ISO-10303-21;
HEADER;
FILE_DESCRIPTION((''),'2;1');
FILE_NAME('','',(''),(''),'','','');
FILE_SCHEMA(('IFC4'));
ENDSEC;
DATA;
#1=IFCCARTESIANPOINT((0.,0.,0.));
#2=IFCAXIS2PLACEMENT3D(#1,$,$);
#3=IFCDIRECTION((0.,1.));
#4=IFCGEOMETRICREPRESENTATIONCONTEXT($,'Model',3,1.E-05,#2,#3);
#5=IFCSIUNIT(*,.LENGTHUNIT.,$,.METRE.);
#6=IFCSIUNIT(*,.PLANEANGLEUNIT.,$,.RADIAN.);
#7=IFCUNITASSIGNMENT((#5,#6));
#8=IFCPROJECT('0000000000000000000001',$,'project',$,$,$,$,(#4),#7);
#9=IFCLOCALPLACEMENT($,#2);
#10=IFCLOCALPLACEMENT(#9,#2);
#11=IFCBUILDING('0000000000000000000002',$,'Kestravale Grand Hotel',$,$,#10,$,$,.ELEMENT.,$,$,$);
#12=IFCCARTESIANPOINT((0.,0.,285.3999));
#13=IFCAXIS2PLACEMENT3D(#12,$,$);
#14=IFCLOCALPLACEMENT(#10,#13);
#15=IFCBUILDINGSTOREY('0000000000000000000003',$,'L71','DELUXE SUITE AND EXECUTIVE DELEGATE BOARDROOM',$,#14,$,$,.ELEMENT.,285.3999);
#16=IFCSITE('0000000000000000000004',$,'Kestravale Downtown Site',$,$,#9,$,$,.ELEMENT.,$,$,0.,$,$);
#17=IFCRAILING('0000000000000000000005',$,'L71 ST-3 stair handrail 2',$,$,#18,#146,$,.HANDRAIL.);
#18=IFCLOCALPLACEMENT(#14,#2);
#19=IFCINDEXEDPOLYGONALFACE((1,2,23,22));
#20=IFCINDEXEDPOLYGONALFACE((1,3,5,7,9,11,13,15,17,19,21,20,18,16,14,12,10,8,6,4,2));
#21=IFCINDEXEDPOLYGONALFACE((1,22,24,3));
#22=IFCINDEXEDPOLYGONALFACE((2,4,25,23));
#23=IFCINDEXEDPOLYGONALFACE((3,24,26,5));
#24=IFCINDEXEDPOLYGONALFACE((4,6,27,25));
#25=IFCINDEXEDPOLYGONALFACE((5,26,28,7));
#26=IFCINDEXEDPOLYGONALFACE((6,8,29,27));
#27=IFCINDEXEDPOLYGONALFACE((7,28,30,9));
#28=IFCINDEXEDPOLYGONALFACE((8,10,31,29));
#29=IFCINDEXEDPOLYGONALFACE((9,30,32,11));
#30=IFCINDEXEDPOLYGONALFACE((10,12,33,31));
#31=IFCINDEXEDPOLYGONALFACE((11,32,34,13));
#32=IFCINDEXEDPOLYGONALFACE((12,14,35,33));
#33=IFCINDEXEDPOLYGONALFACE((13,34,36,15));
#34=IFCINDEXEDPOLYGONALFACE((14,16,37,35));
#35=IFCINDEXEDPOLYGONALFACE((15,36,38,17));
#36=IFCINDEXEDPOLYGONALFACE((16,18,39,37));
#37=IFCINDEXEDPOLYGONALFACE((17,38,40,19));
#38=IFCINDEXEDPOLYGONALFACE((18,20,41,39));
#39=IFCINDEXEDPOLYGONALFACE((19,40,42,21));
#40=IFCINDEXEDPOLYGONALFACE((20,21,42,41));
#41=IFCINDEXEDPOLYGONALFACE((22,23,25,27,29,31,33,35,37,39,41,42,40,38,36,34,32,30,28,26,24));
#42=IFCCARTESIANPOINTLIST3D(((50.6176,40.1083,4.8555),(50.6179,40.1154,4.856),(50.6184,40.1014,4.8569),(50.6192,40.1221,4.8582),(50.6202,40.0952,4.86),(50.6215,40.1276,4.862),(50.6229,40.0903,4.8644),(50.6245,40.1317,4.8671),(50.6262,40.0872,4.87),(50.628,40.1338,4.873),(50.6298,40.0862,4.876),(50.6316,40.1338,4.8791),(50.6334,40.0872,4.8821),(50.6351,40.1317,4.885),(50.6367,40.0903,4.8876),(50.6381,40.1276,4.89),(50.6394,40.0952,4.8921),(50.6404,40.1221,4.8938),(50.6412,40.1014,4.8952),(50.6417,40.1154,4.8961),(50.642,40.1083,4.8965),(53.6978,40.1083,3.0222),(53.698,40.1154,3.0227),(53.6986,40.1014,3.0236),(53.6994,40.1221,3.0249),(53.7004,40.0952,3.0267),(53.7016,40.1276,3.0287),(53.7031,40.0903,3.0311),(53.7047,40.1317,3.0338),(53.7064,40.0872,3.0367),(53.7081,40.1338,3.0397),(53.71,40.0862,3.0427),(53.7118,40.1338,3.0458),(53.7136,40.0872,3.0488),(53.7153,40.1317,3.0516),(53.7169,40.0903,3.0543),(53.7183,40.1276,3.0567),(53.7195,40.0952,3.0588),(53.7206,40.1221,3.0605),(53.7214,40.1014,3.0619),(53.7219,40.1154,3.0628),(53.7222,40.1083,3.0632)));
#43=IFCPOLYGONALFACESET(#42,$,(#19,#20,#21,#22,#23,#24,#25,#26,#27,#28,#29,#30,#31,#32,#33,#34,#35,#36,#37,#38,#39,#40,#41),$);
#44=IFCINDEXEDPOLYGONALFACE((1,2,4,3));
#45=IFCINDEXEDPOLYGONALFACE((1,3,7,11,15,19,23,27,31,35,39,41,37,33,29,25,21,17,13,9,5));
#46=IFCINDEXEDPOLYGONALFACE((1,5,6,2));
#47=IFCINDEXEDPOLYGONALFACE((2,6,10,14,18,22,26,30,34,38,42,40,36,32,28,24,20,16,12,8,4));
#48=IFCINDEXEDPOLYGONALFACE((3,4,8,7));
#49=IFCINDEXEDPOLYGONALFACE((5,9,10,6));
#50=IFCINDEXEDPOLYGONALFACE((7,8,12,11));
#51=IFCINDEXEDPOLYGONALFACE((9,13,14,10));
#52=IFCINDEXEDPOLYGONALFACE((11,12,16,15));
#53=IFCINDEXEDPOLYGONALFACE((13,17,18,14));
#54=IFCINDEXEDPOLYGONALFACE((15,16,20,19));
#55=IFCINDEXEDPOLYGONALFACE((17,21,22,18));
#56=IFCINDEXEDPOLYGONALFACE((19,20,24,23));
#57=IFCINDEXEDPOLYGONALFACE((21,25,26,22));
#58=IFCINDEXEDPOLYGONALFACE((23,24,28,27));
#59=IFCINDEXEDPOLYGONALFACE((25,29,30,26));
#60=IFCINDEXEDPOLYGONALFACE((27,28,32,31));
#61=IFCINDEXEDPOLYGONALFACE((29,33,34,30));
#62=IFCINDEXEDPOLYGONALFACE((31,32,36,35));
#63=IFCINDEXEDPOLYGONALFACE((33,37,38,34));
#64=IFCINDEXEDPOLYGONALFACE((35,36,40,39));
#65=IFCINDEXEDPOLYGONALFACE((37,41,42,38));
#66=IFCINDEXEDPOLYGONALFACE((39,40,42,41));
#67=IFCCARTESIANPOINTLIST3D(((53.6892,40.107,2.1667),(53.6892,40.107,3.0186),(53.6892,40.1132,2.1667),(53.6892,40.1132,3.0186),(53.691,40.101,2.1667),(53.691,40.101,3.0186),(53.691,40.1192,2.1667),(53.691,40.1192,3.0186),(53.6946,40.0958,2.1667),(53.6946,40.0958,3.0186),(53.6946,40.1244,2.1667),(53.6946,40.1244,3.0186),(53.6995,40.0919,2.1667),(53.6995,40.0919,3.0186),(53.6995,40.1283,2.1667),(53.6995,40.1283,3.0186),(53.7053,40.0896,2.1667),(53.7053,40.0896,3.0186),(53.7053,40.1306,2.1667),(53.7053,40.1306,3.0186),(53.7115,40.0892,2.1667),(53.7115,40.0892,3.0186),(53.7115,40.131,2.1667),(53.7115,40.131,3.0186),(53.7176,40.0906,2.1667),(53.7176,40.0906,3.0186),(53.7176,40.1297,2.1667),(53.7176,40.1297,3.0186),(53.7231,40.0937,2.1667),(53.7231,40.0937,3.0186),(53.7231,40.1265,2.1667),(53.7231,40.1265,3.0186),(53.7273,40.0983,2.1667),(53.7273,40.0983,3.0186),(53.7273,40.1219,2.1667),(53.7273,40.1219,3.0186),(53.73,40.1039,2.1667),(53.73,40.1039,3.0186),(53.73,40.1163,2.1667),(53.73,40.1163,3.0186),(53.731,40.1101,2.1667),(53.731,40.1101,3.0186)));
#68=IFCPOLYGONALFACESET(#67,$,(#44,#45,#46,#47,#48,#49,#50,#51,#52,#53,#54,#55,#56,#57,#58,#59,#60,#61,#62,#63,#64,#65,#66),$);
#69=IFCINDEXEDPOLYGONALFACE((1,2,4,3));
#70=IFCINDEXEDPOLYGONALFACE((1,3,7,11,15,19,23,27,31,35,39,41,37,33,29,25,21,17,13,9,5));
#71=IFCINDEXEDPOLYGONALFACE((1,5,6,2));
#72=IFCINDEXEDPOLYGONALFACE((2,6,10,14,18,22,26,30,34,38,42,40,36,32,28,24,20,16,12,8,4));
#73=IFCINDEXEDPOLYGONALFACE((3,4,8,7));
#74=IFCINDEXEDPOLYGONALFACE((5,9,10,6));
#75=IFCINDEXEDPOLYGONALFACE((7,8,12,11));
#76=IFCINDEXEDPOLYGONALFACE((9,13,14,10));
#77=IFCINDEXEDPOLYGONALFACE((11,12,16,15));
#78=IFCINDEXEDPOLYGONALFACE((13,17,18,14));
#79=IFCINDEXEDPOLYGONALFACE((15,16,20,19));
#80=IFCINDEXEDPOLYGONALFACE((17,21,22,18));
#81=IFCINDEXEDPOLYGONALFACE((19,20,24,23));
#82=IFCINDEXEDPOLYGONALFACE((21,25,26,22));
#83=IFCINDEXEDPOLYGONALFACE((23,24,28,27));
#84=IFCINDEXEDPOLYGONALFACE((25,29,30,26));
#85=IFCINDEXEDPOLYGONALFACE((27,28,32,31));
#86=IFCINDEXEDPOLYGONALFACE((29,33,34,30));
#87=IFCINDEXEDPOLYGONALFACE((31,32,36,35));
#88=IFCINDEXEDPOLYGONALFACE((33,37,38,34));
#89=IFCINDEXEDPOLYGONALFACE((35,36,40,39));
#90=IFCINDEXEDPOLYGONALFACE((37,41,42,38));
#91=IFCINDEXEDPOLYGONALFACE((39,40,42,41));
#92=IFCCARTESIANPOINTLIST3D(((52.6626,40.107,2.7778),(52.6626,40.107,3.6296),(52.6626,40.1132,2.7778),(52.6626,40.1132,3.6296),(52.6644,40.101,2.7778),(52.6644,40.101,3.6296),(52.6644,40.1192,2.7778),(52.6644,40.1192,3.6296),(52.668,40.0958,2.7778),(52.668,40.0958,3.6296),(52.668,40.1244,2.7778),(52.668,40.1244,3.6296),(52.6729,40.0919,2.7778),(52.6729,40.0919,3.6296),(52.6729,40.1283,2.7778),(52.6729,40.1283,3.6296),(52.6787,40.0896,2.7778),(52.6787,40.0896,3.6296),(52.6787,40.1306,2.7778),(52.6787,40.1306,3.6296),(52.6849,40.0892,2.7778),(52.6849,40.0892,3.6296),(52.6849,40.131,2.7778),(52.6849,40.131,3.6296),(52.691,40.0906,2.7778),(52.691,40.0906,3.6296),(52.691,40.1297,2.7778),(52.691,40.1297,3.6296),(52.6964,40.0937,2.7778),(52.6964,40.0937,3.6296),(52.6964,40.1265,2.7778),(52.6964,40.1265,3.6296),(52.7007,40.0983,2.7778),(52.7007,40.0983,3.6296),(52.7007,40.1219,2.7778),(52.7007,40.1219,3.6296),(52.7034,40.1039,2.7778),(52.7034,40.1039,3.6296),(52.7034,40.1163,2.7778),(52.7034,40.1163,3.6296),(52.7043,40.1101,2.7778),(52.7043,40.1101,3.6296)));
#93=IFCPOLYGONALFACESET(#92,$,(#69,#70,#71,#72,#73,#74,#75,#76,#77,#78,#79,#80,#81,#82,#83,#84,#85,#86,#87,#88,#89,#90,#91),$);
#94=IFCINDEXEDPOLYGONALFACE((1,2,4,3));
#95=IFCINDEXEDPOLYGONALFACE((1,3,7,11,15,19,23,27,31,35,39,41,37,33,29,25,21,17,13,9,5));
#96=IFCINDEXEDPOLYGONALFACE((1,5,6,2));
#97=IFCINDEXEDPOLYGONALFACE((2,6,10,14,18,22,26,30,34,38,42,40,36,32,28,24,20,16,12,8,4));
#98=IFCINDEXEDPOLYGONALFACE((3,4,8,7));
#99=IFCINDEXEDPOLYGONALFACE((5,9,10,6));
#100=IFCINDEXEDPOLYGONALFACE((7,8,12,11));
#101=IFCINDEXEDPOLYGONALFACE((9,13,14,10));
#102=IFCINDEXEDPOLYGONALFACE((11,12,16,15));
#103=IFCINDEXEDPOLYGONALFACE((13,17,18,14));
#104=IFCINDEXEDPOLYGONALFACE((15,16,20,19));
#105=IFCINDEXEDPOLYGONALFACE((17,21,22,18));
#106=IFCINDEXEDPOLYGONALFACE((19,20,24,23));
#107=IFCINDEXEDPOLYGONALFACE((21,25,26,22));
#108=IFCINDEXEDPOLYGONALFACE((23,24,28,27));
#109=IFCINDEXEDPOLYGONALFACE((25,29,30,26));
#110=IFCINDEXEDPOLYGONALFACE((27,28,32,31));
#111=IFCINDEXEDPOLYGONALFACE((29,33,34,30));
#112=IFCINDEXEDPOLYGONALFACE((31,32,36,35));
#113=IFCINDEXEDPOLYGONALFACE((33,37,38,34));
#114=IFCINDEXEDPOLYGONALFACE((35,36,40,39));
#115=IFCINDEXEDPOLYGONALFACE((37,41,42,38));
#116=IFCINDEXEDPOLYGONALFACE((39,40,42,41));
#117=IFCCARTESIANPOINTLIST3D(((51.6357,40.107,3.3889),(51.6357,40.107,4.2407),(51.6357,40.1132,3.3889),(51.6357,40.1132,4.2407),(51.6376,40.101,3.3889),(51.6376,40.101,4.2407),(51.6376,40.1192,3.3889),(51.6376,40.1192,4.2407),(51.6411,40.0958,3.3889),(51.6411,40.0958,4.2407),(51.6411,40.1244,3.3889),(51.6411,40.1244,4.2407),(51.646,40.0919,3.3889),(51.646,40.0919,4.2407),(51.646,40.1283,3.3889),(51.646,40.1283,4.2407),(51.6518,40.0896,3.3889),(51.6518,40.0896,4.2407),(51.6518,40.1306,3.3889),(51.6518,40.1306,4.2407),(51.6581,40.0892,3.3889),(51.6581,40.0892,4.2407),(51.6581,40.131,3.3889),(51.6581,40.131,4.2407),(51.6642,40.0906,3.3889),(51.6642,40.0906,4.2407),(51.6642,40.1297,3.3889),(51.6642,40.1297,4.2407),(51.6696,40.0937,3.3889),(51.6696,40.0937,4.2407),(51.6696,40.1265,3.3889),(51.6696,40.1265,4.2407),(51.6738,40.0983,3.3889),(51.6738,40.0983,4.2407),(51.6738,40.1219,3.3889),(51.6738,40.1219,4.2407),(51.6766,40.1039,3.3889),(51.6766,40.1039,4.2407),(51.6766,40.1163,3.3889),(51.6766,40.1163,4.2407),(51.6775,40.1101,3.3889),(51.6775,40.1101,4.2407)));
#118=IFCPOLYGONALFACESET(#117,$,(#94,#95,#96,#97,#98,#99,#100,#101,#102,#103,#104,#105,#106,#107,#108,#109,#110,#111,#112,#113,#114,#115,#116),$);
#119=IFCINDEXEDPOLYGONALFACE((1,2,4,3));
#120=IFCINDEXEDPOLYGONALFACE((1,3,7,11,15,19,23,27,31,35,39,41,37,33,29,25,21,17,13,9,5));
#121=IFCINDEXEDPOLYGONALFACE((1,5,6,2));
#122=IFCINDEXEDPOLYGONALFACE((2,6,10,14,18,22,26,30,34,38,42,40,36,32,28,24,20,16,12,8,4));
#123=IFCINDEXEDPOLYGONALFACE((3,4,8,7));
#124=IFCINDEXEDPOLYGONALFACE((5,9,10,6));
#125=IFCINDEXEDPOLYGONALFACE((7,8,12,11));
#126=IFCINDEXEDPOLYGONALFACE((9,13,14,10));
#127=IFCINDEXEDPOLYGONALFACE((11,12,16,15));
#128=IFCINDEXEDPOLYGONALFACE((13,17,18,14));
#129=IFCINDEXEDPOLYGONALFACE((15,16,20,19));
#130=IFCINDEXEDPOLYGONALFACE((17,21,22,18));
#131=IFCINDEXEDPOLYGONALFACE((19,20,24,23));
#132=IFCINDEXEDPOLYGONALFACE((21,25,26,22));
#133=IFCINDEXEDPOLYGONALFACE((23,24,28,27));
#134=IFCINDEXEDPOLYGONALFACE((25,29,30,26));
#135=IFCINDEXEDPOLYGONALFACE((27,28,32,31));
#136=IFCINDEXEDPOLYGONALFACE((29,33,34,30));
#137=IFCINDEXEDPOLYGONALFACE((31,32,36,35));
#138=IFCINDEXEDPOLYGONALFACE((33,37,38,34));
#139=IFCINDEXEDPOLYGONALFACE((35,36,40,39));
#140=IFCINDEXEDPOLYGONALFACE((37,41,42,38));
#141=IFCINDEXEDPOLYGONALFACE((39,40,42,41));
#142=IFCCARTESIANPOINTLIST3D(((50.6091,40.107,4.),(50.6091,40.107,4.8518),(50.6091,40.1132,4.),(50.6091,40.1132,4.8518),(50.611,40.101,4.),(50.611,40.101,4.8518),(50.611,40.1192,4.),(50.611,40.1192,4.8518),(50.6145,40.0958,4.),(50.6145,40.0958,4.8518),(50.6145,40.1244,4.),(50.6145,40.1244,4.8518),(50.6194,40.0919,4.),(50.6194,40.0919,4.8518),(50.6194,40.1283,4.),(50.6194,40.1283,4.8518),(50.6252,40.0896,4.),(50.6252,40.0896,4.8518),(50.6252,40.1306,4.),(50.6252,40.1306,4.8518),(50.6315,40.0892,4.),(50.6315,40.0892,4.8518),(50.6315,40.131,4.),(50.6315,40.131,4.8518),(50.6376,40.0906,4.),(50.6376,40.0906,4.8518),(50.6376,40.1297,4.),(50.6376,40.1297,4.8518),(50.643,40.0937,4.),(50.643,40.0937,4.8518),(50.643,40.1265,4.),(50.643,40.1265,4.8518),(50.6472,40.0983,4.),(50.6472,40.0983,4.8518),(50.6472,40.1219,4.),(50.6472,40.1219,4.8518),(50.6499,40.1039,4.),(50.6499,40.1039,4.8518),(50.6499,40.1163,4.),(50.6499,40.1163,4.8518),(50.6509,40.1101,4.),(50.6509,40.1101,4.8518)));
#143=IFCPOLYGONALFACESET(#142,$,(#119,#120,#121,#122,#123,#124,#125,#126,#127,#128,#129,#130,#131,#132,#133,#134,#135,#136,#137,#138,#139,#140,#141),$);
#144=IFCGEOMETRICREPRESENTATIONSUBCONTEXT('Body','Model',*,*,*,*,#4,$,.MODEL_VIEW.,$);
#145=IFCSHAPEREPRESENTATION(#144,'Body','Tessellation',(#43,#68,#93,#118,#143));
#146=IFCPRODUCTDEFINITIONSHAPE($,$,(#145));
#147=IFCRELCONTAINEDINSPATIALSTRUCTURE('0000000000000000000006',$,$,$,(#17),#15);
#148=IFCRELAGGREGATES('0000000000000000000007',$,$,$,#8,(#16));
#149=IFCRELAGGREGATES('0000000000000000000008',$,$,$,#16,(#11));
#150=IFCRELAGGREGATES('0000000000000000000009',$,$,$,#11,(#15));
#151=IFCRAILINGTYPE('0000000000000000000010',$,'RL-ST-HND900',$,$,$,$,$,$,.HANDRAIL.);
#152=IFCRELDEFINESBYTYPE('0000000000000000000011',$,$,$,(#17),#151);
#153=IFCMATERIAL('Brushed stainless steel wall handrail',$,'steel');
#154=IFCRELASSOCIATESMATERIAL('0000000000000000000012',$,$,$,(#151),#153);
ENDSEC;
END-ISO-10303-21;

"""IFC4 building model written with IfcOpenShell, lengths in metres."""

from ifc_helpers import new_model, si_unit, direction, frame, origin, origin_2d, place, context, subcontext, project, spatial, circle, extrude, material, type_object, element, save


model = new_model("IFC4")

# Units and contexts
model_context = context("Model", 3, precision=1e-05, world=origin(), true_north=direction((0.0, 1.0)))
body_context = subcontext(model_context, "Body", "Model", "MODEL_VIEW")
ifc_project = project(units=[si_unit("LENGTHUNIT", "METRE"), si_unit("PLANEANGLEUNIT", "RADIAN")], contexts=[model_context])

# Site, building, storey
site_placement = place(None, origin())
site = spatial("IfcSite", under=ifc_project, at=site_placement, Name="Kestravale Downtown Site", CompositionType="ELEMENT", RefElevation=0.0)
building_placement = place(site_placement, origin())
building = spatial("IfcBuilding", under=site, at=building_placement, Name="Kestravale Grand Hotel", CompositionType="ELEMENT")
storey_placement = place(building_placement, frame((0.0, 0.0, 285.3999)))
storey = spatial("IfcBuildingStorey", under=building, at=storey_placement, Name="L71", Description="DELUXE SUITE AND EXECUTIVE DELEGATE BOARDROOM", CompositionType="ELEMENT", Elevation=285.3999)

# Railing
ifc_material_1 = material(Name="Brushed stainless steel wall handrail", Category="steel")
railing_type_1 = type_object("IfcRailingType", Name="RL-ST-HND900", PredefinedType="HANDRAIL", material=ifc_material_1)
railing_1_placement = place(storey_placement, frame((53.71, 40.1101, 2.1667)))
element("IfcRailing", 1, at=railing_1_placement, inside=storey, type_object=railing_type_1, Name="L71 ST-3 stair handrail 2", PredefinedType="HANDRAIL", context=body_context, shape_type="SweptSolid", body=[
    extrude(circle(Radius=0.0239, at=origin_2d()), frame((0.0, 0.0, 0.876), z_axis=(-0.859309, 0.0, 0.511458), x_axis=(0.0, -1.0, 0.0)), (0.0, 0.0, 1.0), 3.5845),
    extrude(circle(Radius=0.021, at=origin_2d()), origin(), (0.0, 0.0, 1.0), 0.8518),
    extrude(circle(Radius=0.021, at=origin_2d()), frame((-1.0266, 0.0, 0.6111)), (0.0, 0.0, 1.0), 0.8518),
    extrude(circle(Radius=0.021, at=origin_2d()), frame((-2.0535, 0.0, 1.2222)), (0.0, 0.0, 1.0), 0.8518),
    extrude(circle(Radius=0.021, at=origin_2d()), frame((-3.0801, 0.0, 1.8333)), (0.0, 0.0, 1.0), 0.8518),
])

save(model, "model.ifc")
